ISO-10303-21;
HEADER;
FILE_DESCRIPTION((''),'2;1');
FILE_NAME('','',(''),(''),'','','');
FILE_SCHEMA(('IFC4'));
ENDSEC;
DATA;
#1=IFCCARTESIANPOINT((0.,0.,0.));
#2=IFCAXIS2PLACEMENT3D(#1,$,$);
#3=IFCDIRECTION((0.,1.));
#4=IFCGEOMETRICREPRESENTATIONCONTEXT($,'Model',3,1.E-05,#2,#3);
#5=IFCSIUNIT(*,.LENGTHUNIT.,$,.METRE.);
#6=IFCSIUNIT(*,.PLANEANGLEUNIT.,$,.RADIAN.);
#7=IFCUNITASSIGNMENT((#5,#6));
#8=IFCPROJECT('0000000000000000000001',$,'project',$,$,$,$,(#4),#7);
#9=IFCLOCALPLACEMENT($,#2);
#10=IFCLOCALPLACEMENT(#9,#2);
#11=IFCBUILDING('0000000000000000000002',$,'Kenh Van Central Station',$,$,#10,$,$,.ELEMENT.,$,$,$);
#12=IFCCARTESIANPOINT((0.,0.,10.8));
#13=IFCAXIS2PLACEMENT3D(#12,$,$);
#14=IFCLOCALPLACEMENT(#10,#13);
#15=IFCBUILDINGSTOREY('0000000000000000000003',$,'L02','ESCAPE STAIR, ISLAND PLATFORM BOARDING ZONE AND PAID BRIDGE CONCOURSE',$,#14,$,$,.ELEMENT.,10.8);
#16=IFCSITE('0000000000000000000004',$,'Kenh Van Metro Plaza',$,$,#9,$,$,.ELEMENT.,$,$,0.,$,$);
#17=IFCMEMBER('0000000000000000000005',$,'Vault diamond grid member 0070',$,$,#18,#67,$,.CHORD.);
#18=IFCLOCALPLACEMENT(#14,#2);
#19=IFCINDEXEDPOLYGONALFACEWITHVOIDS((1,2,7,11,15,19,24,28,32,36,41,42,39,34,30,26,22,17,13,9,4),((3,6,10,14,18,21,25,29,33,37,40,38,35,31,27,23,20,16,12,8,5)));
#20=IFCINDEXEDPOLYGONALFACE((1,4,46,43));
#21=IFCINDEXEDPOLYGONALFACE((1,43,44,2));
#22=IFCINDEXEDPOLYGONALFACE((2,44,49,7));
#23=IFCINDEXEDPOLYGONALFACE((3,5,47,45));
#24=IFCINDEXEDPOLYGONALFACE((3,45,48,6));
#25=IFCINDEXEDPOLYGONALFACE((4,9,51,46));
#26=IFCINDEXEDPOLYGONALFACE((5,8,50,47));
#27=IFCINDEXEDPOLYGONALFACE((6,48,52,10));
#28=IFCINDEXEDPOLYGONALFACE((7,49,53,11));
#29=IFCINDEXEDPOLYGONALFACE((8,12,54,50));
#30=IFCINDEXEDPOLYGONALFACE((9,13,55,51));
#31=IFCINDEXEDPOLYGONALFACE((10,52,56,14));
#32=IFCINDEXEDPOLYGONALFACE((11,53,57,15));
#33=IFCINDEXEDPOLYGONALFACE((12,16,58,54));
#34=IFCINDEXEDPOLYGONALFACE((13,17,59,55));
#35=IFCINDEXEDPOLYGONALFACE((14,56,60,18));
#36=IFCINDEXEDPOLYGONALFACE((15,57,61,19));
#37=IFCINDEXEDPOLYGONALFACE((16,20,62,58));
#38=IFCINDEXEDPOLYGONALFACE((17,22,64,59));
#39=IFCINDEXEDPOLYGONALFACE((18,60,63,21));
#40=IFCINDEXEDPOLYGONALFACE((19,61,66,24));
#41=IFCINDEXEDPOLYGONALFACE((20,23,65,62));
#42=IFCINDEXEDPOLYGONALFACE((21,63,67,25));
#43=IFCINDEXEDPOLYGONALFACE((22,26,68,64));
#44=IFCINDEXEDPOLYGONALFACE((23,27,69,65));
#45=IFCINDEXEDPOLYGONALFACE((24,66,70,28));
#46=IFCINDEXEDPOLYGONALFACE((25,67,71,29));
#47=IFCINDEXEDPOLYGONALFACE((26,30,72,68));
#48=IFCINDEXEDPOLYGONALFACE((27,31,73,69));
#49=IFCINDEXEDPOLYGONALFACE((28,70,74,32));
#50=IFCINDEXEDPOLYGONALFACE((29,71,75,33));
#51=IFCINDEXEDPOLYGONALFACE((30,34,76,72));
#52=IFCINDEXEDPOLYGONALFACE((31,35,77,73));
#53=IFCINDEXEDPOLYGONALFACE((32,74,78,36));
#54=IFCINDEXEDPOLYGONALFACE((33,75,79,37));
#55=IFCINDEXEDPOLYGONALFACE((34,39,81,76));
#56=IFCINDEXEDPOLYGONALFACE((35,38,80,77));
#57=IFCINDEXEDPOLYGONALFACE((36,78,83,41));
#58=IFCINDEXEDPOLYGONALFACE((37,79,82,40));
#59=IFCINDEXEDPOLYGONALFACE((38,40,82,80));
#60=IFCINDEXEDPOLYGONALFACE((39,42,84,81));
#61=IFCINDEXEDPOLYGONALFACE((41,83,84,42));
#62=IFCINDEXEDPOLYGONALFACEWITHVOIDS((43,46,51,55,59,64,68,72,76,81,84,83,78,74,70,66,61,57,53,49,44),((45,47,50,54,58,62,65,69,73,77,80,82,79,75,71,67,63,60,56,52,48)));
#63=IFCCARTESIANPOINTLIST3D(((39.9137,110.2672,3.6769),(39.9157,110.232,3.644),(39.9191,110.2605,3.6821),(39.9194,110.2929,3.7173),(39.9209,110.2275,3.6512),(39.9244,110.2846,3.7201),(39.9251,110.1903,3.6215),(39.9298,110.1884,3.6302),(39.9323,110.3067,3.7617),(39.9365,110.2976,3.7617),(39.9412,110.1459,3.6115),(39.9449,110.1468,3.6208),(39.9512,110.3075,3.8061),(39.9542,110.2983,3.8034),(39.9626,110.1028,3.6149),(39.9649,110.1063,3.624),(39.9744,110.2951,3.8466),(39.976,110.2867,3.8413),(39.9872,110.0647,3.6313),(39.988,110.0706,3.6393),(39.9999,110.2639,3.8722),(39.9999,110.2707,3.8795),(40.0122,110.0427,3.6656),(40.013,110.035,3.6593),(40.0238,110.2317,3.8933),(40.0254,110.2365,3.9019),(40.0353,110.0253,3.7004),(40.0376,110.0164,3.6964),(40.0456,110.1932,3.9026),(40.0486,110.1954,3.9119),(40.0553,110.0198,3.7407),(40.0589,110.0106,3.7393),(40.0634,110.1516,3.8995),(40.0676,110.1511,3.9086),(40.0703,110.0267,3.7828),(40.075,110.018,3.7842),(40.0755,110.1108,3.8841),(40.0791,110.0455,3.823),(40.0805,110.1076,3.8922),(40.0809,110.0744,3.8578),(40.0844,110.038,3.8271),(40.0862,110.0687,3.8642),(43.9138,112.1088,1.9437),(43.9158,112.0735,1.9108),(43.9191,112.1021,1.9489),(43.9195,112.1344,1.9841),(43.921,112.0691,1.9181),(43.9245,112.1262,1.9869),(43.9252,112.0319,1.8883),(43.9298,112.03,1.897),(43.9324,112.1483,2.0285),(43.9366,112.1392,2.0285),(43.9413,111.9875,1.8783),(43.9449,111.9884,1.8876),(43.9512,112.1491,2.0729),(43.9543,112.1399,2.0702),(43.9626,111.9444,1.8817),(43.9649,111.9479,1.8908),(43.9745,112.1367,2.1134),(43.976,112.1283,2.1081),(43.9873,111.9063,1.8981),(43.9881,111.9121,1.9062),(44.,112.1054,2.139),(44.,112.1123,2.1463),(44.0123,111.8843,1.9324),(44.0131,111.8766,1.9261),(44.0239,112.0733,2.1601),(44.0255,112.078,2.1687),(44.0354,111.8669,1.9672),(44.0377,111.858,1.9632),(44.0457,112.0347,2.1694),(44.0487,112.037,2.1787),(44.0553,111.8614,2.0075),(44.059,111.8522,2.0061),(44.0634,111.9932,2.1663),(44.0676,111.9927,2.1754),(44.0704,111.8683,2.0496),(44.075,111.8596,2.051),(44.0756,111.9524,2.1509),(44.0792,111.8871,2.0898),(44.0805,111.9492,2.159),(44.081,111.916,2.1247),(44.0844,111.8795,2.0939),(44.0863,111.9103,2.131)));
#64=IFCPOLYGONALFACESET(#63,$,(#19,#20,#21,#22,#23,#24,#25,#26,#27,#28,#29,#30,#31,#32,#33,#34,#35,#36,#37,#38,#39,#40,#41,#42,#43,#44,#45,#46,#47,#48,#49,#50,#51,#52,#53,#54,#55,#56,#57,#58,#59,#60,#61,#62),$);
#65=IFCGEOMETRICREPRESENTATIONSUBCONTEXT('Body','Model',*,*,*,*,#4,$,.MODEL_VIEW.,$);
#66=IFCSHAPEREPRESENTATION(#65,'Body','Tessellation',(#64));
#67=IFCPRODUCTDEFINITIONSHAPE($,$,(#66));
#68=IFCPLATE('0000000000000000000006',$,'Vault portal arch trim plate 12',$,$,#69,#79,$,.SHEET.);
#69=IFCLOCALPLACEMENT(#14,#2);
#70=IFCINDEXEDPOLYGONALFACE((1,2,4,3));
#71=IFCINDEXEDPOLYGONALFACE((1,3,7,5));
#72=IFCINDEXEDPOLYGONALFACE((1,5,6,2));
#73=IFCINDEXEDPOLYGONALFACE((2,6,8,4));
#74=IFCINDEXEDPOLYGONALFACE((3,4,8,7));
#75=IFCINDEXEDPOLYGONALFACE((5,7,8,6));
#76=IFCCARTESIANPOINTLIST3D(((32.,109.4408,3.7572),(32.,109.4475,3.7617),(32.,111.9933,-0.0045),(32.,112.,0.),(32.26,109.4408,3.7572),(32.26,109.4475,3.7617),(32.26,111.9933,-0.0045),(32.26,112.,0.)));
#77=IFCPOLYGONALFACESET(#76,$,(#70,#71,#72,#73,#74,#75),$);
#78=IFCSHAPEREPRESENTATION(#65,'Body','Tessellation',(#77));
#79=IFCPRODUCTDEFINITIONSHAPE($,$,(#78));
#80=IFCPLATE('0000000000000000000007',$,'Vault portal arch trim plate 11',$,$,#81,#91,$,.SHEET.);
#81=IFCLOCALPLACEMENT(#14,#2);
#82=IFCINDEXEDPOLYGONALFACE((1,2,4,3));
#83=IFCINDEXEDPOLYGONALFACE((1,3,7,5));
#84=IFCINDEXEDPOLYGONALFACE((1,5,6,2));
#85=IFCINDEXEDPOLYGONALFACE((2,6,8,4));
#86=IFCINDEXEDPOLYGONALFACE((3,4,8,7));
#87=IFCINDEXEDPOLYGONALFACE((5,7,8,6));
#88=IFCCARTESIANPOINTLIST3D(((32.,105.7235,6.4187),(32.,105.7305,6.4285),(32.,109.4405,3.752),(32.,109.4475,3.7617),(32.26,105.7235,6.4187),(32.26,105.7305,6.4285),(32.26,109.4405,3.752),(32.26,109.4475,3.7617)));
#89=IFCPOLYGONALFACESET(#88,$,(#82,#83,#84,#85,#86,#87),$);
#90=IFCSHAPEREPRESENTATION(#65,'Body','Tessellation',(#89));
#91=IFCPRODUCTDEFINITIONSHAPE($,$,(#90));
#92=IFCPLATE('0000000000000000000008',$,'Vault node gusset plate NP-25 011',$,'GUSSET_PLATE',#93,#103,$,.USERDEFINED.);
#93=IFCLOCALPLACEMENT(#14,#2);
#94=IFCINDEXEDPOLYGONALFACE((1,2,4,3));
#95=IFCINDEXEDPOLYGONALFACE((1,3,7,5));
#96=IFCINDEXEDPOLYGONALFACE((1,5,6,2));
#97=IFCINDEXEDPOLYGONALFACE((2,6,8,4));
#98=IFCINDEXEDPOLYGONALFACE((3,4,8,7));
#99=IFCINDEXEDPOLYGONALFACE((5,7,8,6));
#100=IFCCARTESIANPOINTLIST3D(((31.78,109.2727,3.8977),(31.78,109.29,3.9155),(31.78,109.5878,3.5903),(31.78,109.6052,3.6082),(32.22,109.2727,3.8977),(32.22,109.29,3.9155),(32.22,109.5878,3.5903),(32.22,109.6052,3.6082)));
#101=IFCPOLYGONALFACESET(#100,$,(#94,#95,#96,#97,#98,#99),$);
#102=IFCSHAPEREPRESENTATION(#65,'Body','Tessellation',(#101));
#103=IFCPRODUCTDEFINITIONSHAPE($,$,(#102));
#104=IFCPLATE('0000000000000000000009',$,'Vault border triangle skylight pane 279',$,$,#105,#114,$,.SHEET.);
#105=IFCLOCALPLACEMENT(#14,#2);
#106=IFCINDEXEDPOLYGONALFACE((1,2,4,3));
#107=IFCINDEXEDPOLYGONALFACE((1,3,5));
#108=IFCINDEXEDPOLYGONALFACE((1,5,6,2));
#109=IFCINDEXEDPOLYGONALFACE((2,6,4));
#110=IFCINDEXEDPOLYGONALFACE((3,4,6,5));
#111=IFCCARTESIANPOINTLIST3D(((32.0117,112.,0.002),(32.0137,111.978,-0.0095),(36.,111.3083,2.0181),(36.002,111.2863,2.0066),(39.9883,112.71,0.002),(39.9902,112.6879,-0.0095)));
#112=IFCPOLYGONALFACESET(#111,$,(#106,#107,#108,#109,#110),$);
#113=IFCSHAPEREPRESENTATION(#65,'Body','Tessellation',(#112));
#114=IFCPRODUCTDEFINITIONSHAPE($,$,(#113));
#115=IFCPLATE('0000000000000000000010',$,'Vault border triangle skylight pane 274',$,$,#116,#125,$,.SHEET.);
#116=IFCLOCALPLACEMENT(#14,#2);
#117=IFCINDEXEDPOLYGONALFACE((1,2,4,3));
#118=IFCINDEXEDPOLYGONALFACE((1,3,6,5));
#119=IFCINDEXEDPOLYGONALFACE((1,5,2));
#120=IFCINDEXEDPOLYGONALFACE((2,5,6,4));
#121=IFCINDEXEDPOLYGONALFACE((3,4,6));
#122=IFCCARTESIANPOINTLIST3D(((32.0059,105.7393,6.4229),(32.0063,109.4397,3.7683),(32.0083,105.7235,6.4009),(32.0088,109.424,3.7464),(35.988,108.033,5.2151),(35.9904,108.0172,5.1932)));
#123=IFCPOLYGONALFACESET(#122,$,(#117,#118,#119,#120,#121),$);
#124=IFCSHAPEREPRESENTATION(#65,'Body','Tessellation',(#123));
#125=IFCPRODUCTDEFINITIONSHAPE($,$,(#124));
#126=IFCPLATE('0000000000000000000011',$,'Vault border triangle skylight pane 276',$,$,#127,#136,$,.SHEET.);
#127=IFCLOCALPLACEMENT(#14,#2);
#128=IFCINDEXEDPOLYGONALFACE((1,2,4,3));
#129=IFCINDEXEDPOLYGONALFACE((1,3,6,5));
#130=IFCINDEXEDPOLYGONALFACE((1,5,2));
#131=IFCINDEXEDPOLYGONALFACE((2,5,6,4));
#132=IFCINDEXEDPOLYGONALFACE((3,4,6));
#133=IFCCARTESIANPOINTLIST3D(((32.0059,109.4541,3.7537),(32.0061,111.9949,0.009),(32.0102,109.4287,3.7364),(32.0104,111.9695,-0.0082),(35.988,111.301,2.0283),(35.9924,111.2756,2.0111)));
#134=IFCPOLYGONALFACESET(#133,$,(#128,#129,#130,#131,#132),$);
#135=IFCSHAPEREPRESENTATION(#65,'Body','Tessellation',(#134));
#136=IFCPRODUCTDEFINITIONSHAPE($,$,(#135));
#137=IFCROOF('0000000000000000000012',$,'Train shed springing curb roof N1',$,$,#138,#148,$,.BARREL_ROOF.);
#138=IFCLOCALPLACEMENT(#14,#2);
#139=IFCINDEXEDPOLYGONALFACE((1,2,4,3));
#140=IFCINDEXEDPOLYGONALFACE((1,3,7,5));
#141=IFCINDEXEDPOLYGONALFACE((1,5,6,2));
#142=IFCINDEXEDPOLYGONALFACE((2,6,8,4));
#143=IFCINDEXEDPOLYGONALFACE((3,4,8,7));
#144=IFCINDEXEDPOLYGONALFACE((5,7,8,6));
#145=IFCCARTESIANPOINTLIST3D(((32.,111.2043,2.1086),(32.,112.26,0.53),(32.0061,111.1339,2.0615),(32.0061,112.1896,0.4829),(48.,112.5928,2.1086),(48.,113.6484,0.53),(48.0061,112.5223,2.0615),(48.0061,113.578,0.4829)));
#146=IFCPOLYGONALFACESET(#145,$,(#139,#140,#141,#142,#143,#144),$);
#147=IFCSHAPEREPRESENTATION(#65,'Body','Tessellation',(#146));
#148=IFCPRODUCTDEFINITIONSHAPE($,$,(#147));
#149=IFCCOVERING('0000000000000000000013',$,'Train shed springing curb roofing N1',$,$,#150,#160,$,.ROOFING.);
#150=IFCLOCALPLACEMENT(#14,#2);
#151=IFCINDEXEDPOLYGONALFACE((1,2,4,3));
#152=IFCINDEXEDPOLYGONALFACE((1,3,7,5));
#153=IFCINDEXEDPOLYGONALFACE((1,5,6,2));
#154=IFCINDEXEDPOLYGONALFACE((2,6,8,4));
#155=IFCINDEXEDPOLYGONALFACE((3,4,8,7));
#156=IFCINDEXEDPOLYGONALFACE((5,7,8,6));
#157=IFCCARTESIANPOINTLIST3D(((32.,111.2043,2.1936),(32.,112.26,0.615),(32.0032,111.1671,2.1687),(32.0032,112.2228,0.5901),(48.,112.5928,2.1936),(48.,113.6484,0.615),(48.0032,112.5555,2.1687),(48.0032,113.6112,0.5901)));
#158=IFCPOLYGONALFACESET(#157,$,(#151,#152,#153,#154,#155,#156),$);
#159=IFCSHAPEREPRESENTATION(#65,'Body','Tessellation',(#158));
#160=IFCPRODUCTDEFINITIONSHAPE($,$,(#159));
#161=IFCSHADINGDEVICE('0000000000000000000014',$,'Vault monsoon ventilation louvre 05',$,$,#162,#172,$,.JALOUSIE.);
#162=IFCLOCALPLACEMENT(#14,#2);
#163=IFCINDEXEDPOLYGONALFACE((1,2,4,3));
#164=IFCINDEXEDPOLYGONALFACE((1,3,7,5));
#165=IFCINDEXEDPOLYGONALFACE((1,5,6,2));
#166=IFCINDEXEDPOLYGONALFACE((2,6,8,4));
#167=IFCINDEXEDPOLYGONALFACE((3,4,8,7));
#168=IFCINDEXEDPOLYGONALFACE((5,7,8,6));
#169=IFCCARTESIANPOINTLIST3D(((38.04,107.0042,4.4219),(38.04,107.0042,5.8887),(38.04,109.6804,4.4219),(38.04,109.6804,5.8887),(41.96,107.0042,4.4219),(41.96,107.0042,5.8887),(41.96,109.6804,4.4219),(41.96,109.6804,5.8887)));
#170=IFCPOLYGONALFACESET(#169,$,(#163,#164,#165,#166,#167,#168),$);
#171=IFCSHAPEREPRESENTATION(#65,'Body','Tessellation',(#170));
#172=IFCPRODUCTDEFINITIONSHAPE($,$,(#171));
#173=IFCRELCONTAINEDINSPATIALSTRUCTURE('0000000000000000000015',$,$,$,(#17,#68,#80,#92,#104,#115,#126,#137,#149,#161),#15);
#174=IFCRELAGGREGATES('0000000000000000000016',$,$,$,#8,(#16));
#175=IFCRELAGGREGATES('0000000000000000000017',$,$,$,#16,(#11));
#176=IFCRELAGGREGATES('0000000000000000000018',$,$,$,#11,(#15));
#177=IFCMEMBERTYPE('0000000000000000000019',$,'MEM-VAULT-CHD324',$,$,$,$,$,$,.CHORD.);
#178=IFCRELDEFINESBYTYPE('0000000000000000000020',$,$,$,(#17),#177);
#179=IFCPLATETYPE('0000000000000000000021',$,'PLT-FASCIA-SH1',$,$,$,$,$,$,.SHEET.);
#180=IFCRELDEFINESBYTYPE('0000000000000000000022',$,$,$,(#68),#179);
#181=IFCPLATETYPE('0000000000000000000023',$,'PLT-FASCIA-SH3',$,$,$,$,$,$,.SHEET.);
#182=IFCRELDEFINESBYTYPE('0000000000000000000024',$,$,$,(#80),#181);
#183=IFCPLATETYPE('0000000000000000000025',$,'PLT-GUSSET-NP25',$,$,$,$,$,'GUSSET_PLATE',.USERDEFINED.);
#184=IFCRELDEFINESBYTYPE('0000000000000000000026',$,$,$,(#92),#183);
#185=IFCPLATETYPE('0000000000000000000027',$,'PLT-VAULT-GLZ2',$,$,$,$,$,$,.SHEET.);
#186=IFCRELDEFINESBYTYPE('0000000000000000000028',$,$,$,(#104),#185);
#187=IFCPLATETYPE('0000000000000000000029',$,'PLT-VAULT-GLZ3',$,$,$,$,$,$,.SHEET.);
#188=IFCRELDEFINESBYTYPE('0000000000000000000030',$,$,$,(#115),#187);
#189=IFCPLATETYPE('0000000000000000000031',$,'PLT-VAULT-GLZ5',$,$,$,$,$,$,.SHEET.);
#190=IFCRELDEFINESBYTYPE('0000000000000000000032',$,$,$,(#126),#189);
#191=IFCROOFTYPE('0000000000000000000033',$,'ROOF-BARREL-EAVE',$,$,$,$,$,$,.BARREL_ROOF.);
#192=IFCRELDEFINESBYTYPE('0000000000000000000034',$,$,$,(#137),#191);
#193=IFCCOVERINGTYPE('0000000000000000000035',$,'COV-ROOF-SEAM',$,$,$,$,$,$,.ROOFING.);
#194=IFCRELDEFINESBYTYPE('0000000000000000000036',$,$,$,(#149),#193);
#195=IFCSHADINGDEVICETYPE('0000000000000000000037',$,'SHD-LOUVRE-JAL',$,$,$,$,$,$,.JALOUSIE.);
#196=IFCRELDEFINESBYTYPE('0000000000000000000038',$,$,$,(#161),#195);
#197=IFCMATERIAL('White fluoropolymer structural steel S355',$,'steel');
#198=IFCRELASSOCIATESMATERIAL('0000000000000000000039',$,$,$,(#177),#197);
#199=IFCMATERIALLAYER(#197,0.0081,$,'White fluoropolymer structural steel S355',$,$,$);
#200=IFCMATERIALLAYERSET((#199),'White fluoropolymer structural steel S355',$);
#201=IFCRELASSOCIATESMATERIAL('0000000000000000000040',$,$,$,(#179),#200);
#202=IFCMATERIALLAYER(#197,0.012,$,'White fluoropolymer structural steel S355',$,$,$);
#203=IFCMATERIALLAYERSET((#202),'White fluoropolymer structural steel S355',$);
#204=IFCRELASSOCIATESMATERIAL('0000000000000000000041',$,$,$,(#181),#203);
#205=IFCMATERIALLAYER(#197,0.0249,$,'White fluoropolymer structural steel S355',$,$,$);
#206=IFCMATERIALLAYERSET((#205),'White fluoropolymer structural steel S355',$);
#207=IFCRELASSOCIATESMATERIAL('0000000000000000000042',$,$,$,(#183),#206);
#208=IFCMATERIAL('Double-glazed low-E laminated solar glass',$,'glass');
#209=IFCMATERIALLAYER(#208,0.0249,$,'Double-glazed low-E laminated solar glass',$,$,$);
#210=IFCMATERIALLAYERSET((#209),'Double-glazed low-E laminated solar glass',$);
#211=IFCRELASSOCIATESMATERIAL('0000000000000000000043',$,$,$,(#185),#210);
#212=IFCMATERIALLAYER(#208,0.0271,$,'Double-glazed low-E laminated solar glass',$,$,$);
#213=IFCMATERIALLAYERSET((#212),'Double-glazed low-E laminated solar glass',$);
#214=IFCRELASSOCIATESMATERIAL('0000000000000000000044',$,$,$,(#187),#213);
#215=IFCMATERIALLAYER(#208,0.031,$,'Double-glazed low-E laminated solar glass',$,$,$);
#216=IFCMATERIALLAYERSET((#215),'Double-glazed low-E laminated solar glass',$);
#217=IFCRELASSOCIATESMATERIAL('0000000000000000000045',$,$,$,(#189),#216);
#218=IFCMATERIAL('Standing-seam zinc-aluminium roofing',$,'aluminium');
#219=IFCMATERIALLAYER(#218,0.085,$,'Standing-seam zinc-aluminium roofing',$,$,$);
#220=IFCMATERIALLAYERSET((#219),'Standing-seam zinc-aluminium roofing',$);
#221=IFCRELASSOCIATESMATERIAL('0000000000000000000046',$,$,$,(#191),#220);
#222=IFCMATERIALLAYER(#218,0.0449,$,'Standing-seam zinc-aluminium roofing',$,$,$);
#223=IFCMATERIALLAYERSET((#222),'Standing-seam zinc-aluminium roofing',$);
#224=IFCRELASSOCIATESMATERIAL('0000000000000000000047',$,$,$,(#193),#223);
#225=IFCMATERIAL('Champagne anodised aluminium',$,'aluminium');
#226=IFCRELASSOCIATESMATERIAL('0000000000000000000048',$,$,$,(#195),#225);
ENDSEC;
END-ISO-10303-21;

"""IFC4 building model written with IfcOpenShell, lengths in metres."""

from ifc_helpers import new_model, si_unit, direction, frame, origin, origin_2d, place, context, subcontext, project, spatial, polyline, rectangle, hollow_circle, outline, extrude, material, layer, layer_set, material_profile, profile_set, type_object, element, save


model = new_model("IFC4")

# Units and contexts
model_context = context("Model", 3, precision=1e-05, world=origin(), true_north=direction((0.0, 1.0)))
body_context = subcontext(model_context, "Body", "Model", "MODEL_VIEW")
ifc_project = project(units=[si_unit("LENGTHUNIT", "METRE"), si_unit("PLANEANGLEUNIT", "RADIAN")], contexts=[model_context])

# Site, building, storey
site_placement = place(None, origin())
site = spatial("IfcSite", under=ifc_project, at=site_placement, Name="Kenh Van Metro Plaza", CompositionType="ELEMENT", RefElevation=0.0)
building_placement = place(site_placement, origin())
building = spatial("IfcBuilding", under=site, at=building_placement, Name="Kenh Van Central Station", CompositionType="ELEMENT")
storey_placement = place(building_placement, frame((0.0, 0.0, 10.8)))
storey = spatial("IfcBuildingStorey", under=building, at=storey_placement, Name="L02", Description="ESCAPE STAIR, ISLAND PLATFORM BOARDING ZONE AND PAID BRIDGE CONCOURSE", CompositionType="ELEMENT", Elevation=10.8)

# Shared definitions
ifc_material_1 = material(Name="White fluoropolymer structural steel S355", Category="steel")

# Member
ifc_material_profile_1 = material_profile(ifc_material_1, hollow_circle(Radius=0.1619, WallThickness=0.01, at=origin_2d()), Name="CHS 323.9x10")
ifc_profile_set_1 = profile_set([ifc_material_profile_1], Name="White fluoropolymer structural steel S355")
member_type_1 = type_object("IfcMemberType", Name="MEM-VAULT-CHD324", PredefinedType="CHORD", material=ifc_profile_set_1)
member_1_placement = place(storey_placement, frame((40.0, 110.1597, 3.7617), z_axis=(0.845246, 0.389141, -0.366235), x_axis=(-0.418197, 0.908357, 0.0)))
element("IfcMember", 1, at=member_1_placement, inside=storey, type_object=member_type_1, Name="Vault diamond grid member 0070", PredefinedType="CHORD", context=body_context, shape_type="SweptSolid", body=[
    extrude(hollow_circle(Radius=0.1619, WallThickness=0.01, at=origin_2d()), origin(), (0.0, 0.0, 1.0), 4.7324),
])

# Plates
ifc_layer_1 = layer(ifc_material_1, 0.0081, Name="White fluoropolymer structural steel S355")
ifc_layer_set_1 = layer_set([ifc_layer_1], Name="White fluoropolymer structural steel S355")
plate_type_1 = type_object("IfcPlateType", Name="PLT-FASCIA-SH1", PredefinedType="SHEET", material=ifc_layer_set_1)
plate_1_placement = place(storey_placement, frame((32.0, 109.4475, 3.7617), z_axis=(0.0, 0.827486, 0.561486), x_axis=(1.0, 0.0, 0.0)))
element("IfcPlate", 2, at=plate_1_placement, inside=storey, type_object=plate_type_1, Name="Vault portal arch trim plate 12", PredefinedType="SHEET", context=body_context, shape_type="SweptSolid", body=[
    extrude(outline(polyline([(0.0, 0.0), (0.26, 0.0), (0.26, 4.546), (0.0, 4.546), (0.0, 0.0)])), origin(), (0.0, 0.0, -1.0), 0.0081),
])
ifc_layer_2 = layer(ifc_material_1, 0.012, Name="White fluoropolymer structural steel S355")
ifc_layer_set_2 = layer_set([ifc_layer_2], Name="White fluoropolymer structural steel S355")
plate_type_2 = type_object("IfcPlateType", Name="PLT-FASCIA-SH3", PredefinedType="SHEET", material=ifc_layer_set_2)
plate_2_placement = place(storey_placement, frame((32.0, 105.7305, 6.4285), z_axis=(0.0, 0.582933, 0.81252), x_axis=(1.0, 0.0, 0.0)))
element("IfcPlate", 3, at=plate_2_placement, inside=storey, type_object=plate_type_2, Name="Vault portal arch trim plate 11", PredefinedType="SHEET", context=body_context, shape_type="SweptSolid", body=[
    extrude(outline(polyline([(0.0, 0.0), (0.26, 0.0), (0.26, 4.5747), (0.0, 4.5747), (0.0, 0.0)])), origin(), (0.0, 0.0, -1.0), 0.012),
])
ifc_layer_3 = layer(ifc_material_1, 0.0249, Name="White fluoropolymer structural steel S355")
ifc_layer_set_3 = layer_set([ifc_layer_3], Name="White fluoropolymer structural steel S355")
plate_type_3 = type_object("IfcPlateType", Name="PLT-GUSSET-NP25", ElementType="GUSSET_PLATE", PredefinedType="USERDEFINED", material=ifc_layer_set_3)
plate_3_placement = place(storey_placement, frame((31.78, 109.29, 3.9155), z_axis=(0.0, 0.698178, 0.715924), x_axis=(1.0, 0.0, 0.0)))
element("IfcPlate", 4, at=plate_3_placement, inside=storey, type_object=plate_type_3, Name="Vault node gusset plate NP-25 011", ObjectType="GUSSET_PLATE", PredefinedType="USERDEFINED", context=body_context, shape_type="SweptSolid", body=[
    extrude(outline(polyline([(0.0, 0.0), (0.4399, 0.0), (0.4399, 0.4403), (0.0, 0.4403), (0.0, 0.0)])), origin(), (0.0, 0.0, -1.0), 0.0249),
])
ifc_material_2 = material(Name="Double-glazed low-E laminated solar glass", Category="glass")
ifc_layer_4 = layer(ifc_material_2, 0.0249, Name="Double-glazed low-E laminated solar glass")
ifc_layer_set_4 = layer_set([ifc_layer_4], Name="Double-glazed low-E laminated solar glass")
plate_type_4 = type_object("IfcPlateType", Name="PLT-VAULT-GLZ2", PredefinedType="SHEET", material=ifc_layer_set_4)
plate_4_placement = place(storey_placement, frame((32.0117, 112.0, 0.002), z_axis=(-0.07875, 0.884775, 0.459316), x_axis=(0.881951, -0.152949, 0.445835)))
element("IfcPlate", 5, at=plate_4_placement, inside=storey, type_object=plate_type_4, Name="Vault border triangle skylight pane 279", PredefinedType="SHEET", context=body_context, shape_type="SweptSolid", body=[
    extrude(outline(polyline([(0.0, 0.0), (4.5221, 0.0), (6.9264, 4.0194), (0.0, 0.0)])), origin(), (0.0, 0.0, -1.0), 0.0249),
])
ifc_layer_5 = layer(ifc_material_2, 0.0271, Name="Double-glazed low-E laminated solar glass")
ifc_layer_set_5 = layer_set([ifc_layer_5], Name="Double-glazed low-E laminated solar glass")
plate_type_5 = type_object("IfcPlateType", Name="PLT-VAULT-GLZ3", PredefinedType="SHEET", material=ifc_layer_set_5)
plate_5_placement = place(storey_placement, frame((32.0059, 105.7393, 6.4229), z_axis=(-0.088952, 0.580587, 0.809324), x_axis=(0.838075, 0.482724, -0.254182)))
element("IfcPlate", 6, at=plate_5_placement, inside=storey, type_object=plate_type_5, Name="Vault border triangle skylight pane 274", PredefinedType="SHEET", context=body_context, shape_type="SweptSolid", body=[
    extrude(outline(polyline([(0.0, 0.0), (4.7516, 0.0), (2.4614, 3.8316), (0.0, 0.0)])), origin(), (0.0, 0.0, -1.0), 0.0271),
])
ifc_layer_6 = layer(ifc_material_2, 0.031, Name="Double-glazed low-E laminated solar glass")
ifc_layer_set_6 = layer_set([ifc_layer_6], Name="Double-glazed low-E laminated solar glass")
plate_type_6 = type_object("IfcPlateType", Name="PLT-VAULT-GLZ5", PredefinedType="SHEET", material=ifc_layer_set_6)
plate_6_placement = place(storey_placement, frame((32.0059, 109.4541, 3.7537), z_axis=(-0.139165, 0.819451, 0.555997), x_axis=(0.844302, 0.391585, -0.365807)))
element("IfcPlate", 7, at=plate_6_placement, inside=storey, type_object=plate_type_6, Name="Vault border triangle skylight pane 276", PredefinedType="SHEET", context=body_context, shape_type="SweptSolid", body=[
    extrude(outline(polyline([(0.0, 0.0), (4.7165, 0.0), (2.3649, 3.8581), (0.0, 0.0)])), origin(), (0.0, 0.0, -1.0), 0.031),
])

# Roof
ifc_material_3 = material(Name="Standing-seam zinc-aluminium roofing", Category="aluminium")
ifc_layer_7 = layer(ifc_material_3, 0.085, Name="Standing-seam zinc-aluminium roofing")
ifc_layer_set_7 = layer_set([ifc_layer_7], Name="Standing-seam zinc-aluminium roofing")
roof_type = type_object("IfcRoofType", Name="ROOF-BARREL-EAVE", PredefinedType="BARREL_ROOF", material=ifc_layer_set_7)
roof_placement = place(storey_placement, frame((32.0, 111.2043, 2.1086), z_axis=(-0.071947, 0.829104, 0.554446), x_axis=(0.996256, 0.086452, 0.0)))
element("IfcRoof", 8, at=roof_placement, inside=storey, type_object=roof_type, Name="Train shed springing curb roof N1", PredefinedType="BARREL_ROOF", context=body_context, shape_type="SweptSolid", body=[
    extrude(outline(polyline([(0.0, 0.0), (16.0601, 0.0), (16.1514, 1.8969), (0.0913, 1.8969), (0.0, 0.0)])), origin(), (0.0, 0.0, -1.0), 0.085),
])

# Covering
ifc_layer_8 = layer(ifc_material_3, 0.0449, Name="Standing-seam zinc-aluminium roofing")
ifc_layer_set_8 = layer_set([ifc_layer_8], Name="Standing-seam zinc-aluminium roofing")
covering_type = type_object("IfcCoveringType", Name="COV-ROOF-SEAM", PredefinedType="ROOFING", material=ifc_layer_set_8)
covering_placement = place(storey_placement, frame((32.0, 111.2043, 2.1936), z_axis=(-0.071947, 0.829104, 0.554446), x_axis=(0.996256, 0.086452, 0.0)))
element("IfcCovering", 9, at=covering_placement, inside=storey, type_object=covering_type, Name="Train shed springing curb roofing N1", PredefinedType="ROOFING", context=body_context, shape_type="SweptSolid", body=[
    extrude(outline(polyline([(0.0, 0.0), (16.0601, 0.0), (16.1514, 1.8969), (0.0913, 1.8969), (0.0, 0.0)])), origin(), (0.0, 0.0, -1.0), 0.0449),
])

# Shared definitions
ifc_material_4 = material(Name="Champagne anodised aluminium", Category="aluminium")

# Shading device
shading_device_type = type_object("IfcShadingDeviceType", Name="SHD-LOUVRE-JAL", PredefinedType="JALOUSIE", material=ifc_material_4)
shading_device_placement = place(storey_placement, frame((40.0, 108.3423, 4.4219), z_axis=(0.0, 0.0, 1.0), x_axis=(1.0, 0.0, 0.0)))
element("IfcShadingDevice", 10, at=shading_device_placement, inside=storey, type_object=shading_device_type, Name="Vault monsoon ventilation louvre 05", PredefinedType="JALOUSIE", context=body_context, shape_type="SweptSolid", body=[
    extrude(rectangle(XDim=3.9199, YDim=2.6763, at=origin_2d()), origin(), (0.0, 0.0, 1.0), 1.4668),
])

save(model, "model.ifc")
